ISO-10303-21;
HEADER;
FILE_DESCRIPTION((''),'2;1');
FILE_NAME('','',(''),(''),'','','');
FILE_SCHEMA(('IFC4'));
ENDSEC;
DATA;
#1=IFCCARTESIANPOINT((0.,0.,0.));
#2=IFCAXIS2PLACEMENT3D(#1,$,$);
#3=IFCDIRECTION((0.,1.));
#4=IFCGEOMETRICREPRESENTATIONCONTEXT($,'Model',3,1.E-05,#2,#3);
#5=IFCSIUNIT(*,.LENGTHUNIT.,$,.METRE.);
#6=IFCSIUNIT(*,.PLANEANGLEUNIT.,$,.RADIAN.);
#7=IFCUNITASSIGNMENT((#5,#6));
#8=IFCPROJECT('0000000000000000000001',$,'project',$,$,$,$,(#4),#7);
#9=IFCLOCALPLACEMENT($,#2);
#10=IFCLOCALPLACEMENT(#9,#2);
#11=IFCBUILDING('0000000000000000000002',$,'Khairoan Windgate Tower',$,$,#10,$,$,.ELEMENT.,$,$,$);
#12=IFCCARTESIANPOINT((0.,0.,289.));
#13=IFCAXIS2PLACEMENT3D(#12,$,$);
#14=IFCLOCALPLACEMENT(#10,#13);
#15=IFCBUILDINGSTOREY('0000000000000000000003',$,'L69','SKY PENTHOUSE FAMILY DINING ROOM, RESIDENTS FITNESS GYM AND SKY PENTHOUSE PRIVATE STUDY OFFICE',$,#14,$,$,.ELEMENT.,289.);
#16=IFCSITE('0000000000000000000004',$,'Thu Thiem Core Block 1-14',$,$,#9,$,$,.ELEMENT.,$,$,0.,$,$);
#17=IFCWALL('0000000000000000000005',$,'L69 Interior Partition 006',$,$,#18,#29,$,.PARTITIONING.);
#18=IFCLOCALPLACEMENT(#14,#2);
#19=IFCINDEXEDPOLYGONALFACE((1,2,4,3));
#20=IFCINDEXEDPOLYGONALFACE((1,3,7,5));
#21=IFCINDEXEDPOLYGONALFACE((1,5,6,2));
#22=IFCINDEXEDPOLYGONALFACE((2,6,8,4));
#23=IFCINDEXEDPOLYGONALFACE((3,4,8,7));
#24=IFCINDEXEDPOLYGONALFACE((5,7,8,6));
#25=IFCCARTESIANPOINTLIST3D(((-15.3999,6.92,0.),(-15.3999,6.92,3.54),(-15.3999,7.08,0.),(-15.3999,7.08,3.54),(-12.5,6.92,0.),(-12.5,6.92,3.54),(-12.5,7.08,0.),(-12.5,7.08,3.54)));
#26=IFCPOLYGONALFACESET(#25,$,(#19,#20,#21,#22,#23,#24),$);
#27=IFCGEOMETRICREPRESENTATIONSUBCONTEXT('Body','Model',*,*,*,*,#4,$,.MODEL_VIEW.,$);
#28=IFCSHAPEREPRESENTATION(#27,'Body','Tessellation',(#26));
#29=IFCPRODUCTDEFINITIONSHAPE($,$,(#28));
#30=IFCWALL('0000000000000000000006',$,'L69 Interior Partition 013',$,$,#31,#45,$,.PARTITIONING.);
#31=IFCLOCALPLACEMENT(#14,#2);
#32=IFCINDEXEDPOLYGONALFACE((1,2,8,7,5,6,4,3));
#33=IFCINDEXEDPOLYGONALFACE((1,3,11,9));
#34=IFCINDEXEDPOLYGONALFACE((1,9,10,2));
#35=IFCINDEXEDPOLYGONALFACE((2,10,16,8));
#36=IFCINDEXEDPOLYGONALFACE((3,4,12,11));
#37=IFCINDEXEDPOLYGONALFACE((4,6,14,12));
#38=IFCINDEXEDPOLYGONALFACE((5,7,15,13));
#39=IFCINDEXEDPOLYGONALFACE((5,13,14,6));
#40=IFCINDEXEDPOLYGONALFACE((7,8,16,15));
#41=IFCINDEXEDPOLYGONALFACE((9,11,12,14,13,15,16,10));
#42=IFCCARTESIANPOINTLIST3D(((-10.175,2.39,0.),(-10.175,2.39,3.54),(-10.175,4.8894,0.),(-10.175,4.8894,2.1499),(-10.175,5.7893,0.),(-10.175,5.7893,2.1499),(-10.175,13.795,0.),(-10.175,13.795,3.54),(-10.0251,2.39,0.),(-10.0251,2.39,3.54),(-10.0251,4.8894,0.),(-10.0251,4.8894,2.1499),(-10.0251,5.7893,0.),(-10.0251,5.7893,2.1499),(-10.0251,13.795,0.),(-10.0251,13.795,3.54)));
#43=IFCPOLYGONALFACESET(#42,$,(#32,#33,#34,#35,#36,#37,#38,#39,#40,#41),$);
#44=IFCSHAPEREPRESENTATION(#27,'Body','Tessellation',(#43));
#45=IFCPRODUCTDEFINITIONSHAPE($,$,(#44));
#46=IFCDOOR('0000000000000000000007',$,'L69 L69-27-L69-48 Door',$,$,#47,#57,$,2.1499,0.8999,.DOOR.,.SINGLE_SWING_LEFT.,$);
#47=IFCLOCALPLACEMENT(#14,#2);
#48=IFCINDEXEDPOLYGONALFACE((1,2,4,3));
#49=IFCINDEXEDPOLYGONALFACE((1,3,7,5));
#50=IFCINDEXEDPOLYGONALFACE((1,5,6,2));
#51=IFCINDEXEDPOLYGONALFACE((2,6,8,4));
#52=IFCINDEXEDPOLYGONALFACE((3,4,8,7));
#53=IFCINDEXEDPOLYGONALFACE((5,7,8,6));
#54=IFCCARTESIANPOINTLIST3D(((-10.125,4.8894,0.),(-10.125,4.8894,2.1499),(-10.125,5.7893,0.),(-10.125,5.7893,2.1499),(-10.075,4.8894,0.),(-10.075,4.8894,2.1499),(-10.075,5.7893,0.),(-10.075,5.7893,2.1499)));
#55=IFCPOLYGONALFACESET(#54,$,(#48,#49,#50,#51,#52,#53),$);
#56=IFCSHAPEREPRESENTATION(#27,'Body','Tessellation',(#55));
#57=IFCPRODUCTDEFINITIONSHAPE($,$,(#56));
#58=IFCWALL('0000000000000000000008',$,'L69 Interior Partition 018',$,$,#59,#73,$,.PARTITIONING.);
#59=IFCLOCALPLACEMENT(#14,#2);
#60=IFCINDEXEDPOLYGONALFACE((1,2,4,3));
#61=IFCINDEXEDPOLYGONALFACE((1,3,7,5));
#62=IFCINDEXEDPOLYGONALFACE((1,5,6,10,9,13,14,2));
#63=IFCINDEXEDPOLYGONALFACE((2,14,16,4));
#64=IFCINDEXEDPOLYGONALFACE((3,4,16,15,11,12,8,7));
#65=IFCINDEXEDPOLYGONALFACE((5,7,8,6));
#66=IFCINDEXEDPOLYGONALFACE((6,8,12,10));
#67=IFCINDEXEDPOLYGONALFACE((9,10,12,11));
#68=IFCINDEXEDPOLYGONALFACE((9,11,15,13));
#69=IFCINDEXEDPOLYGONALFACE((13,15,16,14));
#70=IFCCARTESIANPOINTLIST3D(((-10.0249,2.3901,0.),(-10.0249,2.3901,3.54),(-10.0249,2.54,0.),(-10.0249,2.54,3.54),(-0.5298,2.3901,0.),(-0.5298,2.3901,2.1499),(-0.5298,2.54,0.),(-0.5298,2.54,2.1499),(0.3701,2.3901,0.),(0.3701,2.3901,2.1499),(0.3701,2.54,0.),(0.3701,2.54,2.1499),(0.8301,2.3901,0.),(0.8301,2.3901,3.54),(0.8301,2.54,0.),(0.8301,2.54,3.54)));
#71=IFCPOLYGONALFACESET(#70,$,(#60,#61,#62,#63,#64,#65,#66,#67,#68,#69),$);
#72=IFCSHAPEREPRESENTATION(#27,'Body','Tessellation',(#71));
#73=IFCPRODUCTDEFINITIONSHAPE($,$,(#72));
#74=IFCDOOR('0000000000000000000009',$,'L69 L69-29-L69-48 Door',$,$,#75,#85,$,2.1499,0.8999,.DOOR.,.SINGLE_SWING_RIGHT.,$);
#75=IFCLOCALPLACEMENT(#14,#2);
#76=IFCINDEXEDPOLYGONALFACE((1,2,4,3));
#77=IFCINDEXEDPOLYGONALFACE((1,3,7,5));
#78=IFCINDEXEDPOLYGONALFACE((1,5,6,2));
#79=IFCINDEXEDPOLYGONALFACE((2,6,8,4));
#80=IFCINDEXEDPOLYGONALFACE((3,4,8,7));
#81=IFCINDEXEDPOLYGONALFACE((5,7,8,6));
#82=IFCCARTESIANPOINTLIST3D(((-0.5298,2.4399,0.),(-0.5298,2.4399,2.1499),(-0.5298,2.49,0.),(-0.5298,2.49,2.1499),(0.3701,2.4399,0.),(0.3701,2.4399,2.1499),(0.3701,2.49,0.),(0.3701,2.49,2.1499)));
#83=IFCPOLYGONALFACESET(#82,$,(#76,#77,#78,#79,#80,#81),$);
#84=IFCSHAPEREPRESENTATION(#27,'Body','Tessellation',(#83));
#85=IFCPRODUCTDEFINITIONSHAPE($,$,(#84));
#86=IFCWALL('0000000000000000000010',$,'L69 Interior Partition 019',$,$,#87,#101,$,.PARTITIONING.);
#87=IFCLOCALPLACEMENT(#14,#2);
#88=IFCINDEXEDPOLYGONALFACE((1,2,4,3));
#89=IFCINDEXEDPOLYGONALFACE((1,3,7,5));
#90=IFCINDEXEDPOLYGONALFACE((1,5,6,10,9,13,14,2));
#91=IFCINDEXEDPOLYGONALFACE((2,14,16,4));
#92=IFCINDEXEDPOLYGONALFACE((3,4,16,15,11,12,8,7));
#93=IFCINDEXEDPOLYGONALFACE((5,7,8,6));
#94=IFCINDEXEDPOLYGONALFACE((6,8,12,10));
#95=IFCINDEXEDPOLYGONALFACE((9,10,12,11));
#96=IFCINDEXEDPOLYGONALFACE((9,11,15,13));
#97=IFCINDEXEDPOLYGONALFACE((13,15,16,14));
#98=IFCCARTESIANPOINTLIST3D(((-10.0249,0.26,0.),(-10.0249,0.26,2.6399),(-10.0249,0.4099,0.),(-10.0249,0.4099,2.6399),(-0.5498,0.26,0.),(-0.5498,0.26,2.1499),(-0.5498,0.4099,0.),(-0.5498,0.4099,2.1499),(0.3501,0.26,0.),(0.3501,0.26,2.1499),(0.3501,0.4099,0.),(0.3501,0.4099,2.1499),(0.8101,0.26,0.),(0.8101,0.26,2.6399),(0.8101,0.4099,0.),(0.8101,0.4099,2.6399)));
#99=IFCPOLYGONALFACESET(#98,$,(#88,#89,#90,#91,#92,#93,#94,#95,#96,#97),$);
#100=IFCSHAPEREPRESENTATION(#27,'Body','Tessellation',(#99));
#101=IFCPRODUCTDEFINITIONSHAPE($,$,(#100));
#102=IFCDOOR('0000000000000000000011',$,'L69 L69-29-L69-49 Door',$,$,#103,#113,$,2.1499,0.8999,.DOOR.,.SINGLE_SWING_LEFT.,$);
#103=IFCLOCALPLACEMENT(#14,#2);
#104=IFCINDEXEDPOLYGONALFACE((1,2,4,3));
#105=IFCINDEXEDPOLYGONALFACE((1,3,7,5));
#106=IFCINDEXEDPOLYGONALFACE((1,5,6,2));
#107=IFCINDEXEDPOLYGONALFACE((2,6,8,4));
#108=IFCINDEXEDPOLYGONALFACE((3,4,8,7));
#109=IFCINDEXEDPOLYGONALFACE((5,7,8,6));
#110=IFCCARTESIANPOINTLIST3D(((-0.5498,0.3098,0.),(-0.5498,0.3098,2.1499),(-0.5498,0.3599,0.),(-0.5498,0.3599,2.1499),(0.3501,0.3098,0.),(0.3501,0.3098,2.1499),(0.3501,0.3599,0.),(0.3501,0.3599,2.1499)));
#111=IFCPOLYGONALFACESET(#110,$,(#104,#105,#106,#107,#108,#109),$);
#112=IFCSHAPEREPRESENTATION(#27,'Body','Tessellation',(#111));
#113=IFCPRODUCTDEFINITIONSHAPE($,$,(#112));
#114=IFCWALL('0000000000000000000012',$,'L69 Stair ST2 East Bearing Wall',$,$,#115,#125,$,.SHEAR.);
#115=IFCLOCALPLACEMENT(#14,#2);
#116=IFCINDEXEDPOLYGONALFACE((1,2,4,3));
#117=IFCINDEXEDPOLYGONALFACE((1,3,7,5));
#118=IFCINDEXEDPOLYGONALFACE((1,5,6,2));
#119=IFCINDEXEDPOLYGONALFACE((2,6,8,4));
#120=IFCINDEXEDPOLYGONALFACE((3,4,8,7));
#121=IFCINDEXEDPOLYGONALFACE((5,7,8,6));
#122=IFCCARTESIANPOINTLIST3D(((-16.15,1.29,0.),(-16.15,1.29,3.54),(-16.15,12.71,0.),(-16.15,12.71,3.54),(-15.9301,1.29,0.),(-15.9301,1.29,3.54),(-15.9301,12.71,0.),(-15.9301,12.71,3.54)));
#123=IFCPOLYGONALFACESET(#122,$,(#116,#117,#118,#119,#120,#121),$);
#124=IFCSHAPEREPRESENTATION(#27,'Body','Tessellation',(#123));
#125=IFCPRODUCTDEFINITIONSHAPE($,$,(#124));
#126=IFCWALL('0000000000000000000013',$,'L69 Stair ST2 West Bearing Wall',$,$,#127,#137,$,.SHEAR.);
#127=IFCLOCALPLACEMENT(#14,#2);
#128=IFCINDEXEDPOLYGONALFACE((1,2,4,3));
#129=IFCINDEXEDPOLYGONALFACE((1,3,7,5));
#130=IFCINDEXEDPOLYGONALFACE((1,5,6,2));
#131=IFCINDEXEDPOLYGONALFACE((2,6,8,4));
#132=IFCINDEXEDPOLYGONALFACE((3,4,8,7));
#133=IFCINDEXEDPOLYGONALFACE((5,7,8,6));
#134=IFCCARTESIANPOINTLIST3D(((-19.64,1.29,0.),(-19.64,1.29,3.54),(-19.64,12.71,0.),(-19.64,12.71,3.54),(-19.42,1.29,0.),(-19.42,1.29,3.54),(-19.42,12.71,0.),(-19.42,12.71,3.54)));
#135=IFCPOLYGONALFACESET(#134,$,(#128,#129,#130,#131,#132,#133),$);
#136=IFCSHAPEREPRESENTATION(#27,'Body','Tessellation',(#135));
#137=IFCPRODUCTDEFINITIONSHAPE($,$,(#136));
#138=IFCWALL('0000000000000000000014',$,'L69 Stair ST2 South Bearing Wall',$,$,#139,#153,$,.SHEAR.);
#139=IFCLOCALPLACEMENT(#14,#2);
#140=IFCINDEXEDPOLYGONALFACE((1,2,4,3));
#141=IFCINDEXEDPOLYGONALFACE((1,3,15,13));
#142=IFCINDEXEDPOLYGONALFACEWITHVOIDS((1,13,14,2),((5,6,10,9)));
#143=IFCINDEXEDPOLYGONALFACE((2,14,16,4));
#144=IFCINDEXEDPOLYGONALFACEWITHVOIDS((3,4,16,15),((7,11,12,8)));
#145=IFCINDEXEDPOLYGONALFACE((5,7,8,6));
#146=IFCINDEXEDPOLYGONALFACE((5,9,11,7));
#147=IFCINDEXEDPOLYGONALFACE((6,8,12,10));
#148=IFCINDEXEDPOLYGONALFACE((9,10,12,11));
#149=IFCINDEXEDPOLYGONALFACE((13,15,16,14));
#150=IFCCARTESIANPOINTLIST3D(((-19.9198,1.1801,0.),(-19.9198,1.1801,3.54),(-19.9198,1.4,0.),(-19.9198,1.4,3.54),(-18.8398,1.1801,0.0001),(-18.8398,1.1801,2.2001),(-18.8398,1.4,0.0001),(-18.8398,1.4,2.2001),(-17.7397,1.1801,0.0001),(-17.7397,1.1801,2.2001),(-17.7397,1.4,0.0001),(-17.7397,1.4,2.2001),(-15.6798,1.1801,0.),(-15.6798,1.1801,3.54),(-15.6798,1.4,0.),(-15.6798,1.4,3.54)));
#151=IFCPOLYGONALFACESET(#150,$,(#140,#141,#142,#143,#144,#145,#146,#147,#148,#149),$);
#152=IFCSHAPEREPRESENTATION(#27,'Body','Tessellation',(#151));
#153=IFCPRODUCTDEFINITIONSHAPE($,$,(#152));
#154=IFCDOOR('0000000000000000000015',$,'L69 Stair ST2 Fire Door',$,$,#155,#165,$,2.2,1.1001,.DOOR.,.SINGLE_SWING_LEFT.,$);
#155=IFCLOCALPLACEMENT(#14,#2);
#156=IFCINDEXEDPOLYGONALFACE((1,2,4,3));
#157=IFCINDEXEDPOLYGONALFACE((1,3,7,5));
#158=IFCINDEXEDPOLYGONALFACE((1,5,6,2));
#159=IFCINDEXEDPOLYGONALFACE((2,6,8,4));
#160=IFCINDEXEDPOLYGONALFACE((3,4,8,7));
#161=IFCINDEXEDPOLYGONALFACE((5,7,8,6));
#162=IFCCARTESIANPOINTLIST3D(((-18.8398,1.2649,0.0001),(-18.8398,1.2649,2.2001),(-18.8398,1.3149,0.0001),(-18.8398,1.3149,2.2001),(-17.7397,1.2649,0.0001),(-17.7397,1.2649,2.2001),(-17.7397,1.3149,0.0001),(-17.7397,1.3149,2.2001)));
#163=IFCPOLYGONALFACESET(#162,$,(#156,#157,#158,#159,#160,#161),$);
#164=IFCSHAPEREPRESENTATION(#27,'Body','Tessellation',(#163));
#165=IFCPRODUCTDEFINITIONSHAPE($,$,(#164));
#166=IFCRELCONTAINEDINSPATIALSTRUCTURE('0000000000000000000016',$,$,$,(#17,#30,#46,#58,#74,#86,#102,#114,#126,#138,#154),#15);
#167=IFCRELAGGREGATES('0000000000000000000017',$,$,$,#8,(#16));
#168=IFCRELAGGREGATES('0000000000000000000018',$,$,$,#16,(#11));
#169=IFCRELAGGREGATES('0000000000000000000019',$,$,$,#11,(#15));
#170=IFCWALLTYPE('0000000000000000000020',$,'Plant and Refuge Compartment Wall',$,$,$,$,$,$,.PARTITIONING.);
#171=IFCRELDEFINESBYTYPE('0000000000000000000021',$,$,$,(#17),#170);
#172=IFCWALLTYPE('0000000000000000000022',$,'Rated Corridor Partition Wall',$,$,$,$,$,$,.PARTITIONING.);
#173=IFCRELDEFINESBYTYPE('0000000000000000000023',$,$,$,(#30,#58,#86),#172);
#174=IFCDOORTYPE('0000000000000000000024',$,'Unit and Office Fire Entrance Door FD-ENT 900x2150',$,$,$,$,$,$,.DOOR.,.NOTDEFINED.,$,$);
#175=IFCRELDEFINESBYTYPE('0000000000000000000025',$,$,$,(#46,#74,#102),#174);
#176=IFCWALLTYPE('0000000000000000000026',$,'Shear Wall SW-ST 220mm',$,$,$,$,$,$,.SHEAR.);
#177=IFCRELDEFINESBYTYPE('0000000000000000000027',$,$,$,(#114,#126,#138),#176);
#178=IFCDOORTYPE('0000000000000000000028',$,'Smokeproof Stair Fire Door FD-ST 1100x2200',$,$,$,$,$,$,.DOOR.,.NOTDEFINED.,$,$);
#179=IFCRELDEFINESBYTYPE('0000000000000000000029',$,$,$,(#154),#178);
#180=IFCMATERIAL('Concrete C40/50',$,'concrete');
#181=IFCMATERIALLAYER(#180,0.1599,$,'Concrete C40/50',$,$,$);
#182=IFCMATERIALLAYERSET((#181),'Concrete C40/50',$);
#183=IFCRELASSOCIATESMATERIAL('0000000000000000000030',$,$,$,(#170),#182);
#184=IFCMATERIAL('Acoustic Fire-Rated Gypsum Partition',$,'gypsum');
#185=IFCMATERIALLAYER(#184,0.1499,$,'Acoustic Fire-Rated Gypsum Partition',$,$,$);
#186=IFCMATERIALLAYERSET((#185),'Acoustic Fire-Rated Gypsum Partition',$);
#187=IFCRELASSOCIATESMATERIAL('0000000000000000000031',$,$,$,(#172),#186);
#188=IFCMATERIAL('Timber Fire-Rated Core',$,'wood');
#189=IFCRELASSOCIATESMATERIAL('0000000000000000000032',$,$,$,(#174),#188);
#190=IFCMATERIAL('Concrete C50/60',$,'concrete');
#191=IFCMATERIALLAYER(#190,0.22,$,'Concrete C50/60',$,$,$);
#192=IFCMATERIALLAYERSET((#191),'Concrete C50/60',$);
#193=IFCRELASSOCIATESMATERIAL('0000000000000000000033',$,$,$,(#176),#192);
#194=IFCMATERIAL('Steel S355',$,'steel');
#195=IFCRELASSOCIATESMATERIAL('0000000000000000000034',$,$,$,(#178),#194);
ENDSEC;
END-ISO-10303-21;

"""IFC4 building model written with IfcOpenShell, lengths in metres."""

from ifc_helpers import new_model, si_unit, direction, frame, frame_2d, origin, place, context, subcontext, project, spatial, rectangle, extrude, material, layer, layer_set, type_object, element, fill, save


model = new_model("IFC4")

# Units and contexts
model_context = context("Model", 3, precision=1e-05, world=origin(), true_north=direction((0.0, 1.0)))
body_context = subcontext(model_context, "Body", "Model", "MODEL_VIEW")
ifc_project = project(units=[si_unit("LENGTHUNIT", "METRE"), si_unit("PLANEANGLEUNIT", "RADIAN")], contexts=[model_context])

# Site, building, storey
site_placement = place(None, origin())
site = spatial("IfcSite", under=ifc_project, at=site_placement, Name="Thu Thiem Core Block 1-14", CompositionType="ELEMENT", RefElevation=0.0)
building_placement = place(site_placement, origin())
building = spatial("IfcBuilding", under=site, at=building_placement, Name="Khairoan Windgate Tower", CompositionType="ELEMENT")
storey_placement = place(building_placement, frame((0.0, 0.0, 289.0)))
storey = spatial("IfcBuildingStorey", under=building, at=storey_placement, Name="L69", Description="SKY PENTHOUSE FAMILY DINING ROOM, RESIDENTS FITNESS GYM AND SKY PENTHOUSE PRIVATE STUDY OFFICE", CompositionType="ELEMENT", Elevation=289.0)

# Wall
ifc_material_1 = material(Name="Concrete C40/50", Category="concrete")
ifc_layer_1 = layer(ifc_material_1, 0.1599, Name="Concrete C40/50")
ifc_layer_set_1 = layer_set([ifc_layer_1], Name="Concrete C40/50")
wall_type_1 = type_object("IfcWallType", Name="Plant and Refuge Compartment Wall", PredefinedType="PARTITIONING", material=ifc_layer_set_1)
wall_1_placement = place(storey_placement, frame((-15.3999, 7.0, 0.0), z_axis=(0.0, 0.0, 1.0), x_axis=(1.0, 0.0, 0.0)))
element("IfcWall", 1, at=wall_1_placement, inside=storey, type_object=wall_type_1, Name="L69 Interior Partition 006", PredefinedType="PARTITIONING", context=body_context, shape_type="SweptSolid", body=[
    extrude(rectangle(XDim=2.8999, YDim=0.1599, at=frame_2d((1.45, 0.0))), origin(), (0.0, 0.0, 1.0), 3.54),
])

# Walls, openings, doors
ifc_material_2 = material(Name="Acoustic Fire-Rated Gypsum Partition", Category="gypsum")
ifc_layer_2 = layer(ifc_material_2, 0.1499, Name="Acoustic Fire-Rated Gypsum Partition")
ifc_layer_set_2 = layer_set([ifc_layer_2], Name="Acoustic Fire-Rated Gypsum Partition")
wall_type_2 = type_object("IfcWallType", Name="Rated Corridor Partition Wall", PredefinedType="PARTITIONING", material=ifc_layer_set_2)
wall_2_placement = place(storey_placement, frame((-10.1001, 2.3899, 0.0), z_axis=(0.0, 0.0, 1.0), x_axis=(0.0, 1.0, 0.0)))
wall_2 = element("IfcWall", 2, at=wall_2_placement, inside=storey, type_object=wall_type_2, Name="L69 Interior Partition 013", PredefinedType="PARTITIONING", context=body_context, shape_type="SweptSolid", body=[
    extrude(rectangle(XDim=11.405, YDim=0.1499, at=frame_2d((5.7026, 0.0))), origin(), (0.0, 0.0, 1.0), 3.54),
])
opening_1_placement = place(wall_2_placement, frame((2.4995, 0.0, 0.0)))
opening_1 = element("IfcOpeningElement", 3, at=opening_1_placement, cuts=wall_2, PredefinedType="OPENING", context=body_context, shape_type="SweptSolid", body=[
    extrude(rectangle(XDim=0.8999, YDim=2.1499, at=frame_2d((0.45, 1.075))), frame((0.0, 0.085, 0.0), z_axis=(0.0, -1.0, 0.0), x_axis=(1.0, 0.0, 0.0)), (0.0, 0.0, 1.0), 0.1699),
])
ifc_material_3 = material(Name="Timber Fire-Rated Core", Category="wood")
door_type_1 = type_object("IfcDoorType", Name="Unit and Office Fire Entrance Door FD-ENT 900x2150", OperationType="NOTDEFINED", PredefinedType="DOOR", material=ifc_material_3)
door_1_placement = place(opening_1_placement, origin())
door_1 = element("IfcDoor", 4, at=door_1_placement, inside=storey, type_object=door_type_1, Name="L69 L69-27-L69-48 Door", OperationType="SINGLE_SWING_LEFT", OverallHeight=2.1499, OverallWidth=0.8999, PredefinedType="DOOR", context=body_context, shape_type="SweptSolid", body=[
    extrude(rectangle(XDim=0.8999, YDim=2.1499, at=frame_2d((0.45, 1.075))), frame((0.0, 0.0249, 0.0), z_axis=(0.0, -1.0, 0.0), x_axis=(1.0, 0.0, 0.0)), (0.0, 0.0, 1.0), 0.05),
])
fill(opening_1, door_1)
wall_3_placement = place(storey_placement, frame((-10.0249, 2.4651, 0.0), z_axis=(0.0, 0.0, 1.0), x_axis=(1.0, 0.0, 0.0)))
wall_3 = element("IfcWall", 5, at=wall_3_placement, inside=storey, type_object=wall_type_2, Name="L69 Interior Partition 018", PredefinedType="PARTITIONING", context=body_context, shape_type="SweptSolid", body=[
    extrude(rectangle(XDim=10.855, YDim=0.1499, at=frame_2d((5.4275, 0.0))), origin(), (0.0, 0.0, 1.0), 3.54),
])
opening_2_placement = place(wall_3_placement, frame((9.4951, 0.0, 0.0)))
opening_2 = element("IfcOpeningElement", 6, at=opening_2_placement, cuts=wall_3, PredefinedType="OPENING", context=body_context, shape_type="SweptSolid", body=[
    extrude(rectangle(XDim=0.8999, YDim=2.1499, at=frame_2d((0.45, 1.075))), frame((0.0, 0.085, 0.0), z_axis=(0.0, -1.0, 0.0), x_axis=(1.0, 0.0, 0.0)), (0.0, 0.0, 1.0), 0.1699),
])
door_2_placement = place(opening_2_placement, origin())
door_2 = element("IfcDoor", 7, at=door_2_placement, inside=storey, type_object=door_type_1, Name="L69 L69-29-L69-48 Door", OperationType="SINGLE_SWING_RIGHT", OverallHeight=2.1499, OverallWidth=0.8999, PredefinedType="DOOR", context=body_context, shape_type="SweptSolid", body=[
    extrude(rectangle(XDim=0.8999, YDim=2.1499, at=frame_2d((0.45, 1.075))), frame((0.0, 0.0249, 0.0), z_axis=(0.0, -1.0, 0.0), x_axis=(1.0, 0.0, 0.0)), (0.0, 0.0, 1.0), 0.05),
])
fill(opening_2, door_2)
wall_4_placement = place(storey_placement, frame((-10.0249, 0.335, 0.0), z_axis=(0.0, 0.0, 1.0), x_axis=(1.0, 0.0, 0.0)))
wall_4 = element("IfcWall", 8, at=wall_4_placement, inside=storey, type_object=wall_type_2, Name="L69 Interior Partition 019", PredefinedType="PARTITIONING", context=body_context, shape_type="SweptSolid", body=[
    extrude(rectangle(XDim=10.835, YDim=0.1499, at=frame_2d((5.4175, 0.0))), origin(), (0.0, 0.0, 1.0), 2.6399),
])
opening_3_placement = place(wall_4_placement, frame((9.4751, 0.0, 0.0)))
opening_3 = element("IfcOpeningElement", 9, at=opening_3_placement, cuts=wall_4, PredefinedType="OPENING", context=body_context, shape_type="SweptSolid", body=[
    extrude(rectangle(XDim=0.8999, YDim=2.1499, at=frame_2d((0.45, 1.075))), frame((0.0, 0.085, 0.0), z_axis=(0.0, -1.0, 0.0), x_axis=(1.0, 0.0, 0.0)), (0.0, 0.0, 1.0), 0.1699),
])
door_3_placement = place(opening_3_placement, origin())
door_3 = element("IfcDoor", 10, at=door_3_placement, inside=storey, type_object=door_type_1, Name="L69 L69-29-L69-49 Door", OperationType="SINGLE_SWING_LEFT", OverallHeight=2.1499, OverallWidth=0.8999, PredefinedType="DOOR", context=body_context, shape_type="SweptSolid", body=[
    extrude(rectangle(XDim=0.8999, YDim=2.1499, at=frame_2d((0.45, 1.075))), frame((0.0, 0.0249, 0.0), z_axis=(0.0, -1.0, 0.0), x_axis=(1.0, 0.0, 0.0)), (0.0, 0.0, 1.0), 0.05),
])
fill(opening_3, door_3)

# Walls
ifc_material_4 = material(Name="Concrete C50/60", Category="concrete")
ifc_layer_3 = layer(ifc_material_4, 0.22, Name="Concrete C50/60")
ifc_layer_set_3 = layer_set([ifc_layer_3], Name="Concrete C50/60")
wall_type_3 = type_object("IfcWallType", Name="Shear Wall SW-ST 220mm", PredefinedType="SHEAR", material=ifc_layer_set_3)
for number, where, z_axis, x_axis, name in (
    (11, (-16.04, 1.29, 0.0), (0.0, 0.0, 1.0), (0.0, 1.0, 0.0), "L69 Stair ST2 East Bearing Wall"),
    (12, (-19.53, 1.29, 0.0), (0.0, 0.0, 1.0), (0.0, 1.0, 0.0), "L69 Stair ST2 West Bearing Wall"),
):
    element("IfcWall", number, at=place(storey_placement, frame(where, z_axis=z_axis, x_axis=x_axis)), inside=storey, type_object=wall_type_3, Name=name, PredefinedType="SHEAR", context=body_context, shape_type="SweptSolid", body=[
        extrude(rectangle(XDim=11.4199, YDim=0.22, at=frame_2d((5.71, 0.0))), origin(), (0.0, 0.0, 1.0), 3.54),
    ])

# Wall, opening, door
wall_5_placement = place(storey_placement, frame((-19.9199, 1.29, 0.0), z_axis=(0.0, 0.0, 1.0), x_axis=(1.0, 0.0, 0.0)))
wall_5 = element("IfcWall", 13, at=wall_5_placement, inside=storey, type_object=wall_type_3, Name="L69 Stair ST2 South Bearing Wall", PredefinedType="SHEAR", context=body_context, shape_type="SweptSolid", body=[
    extrude(rectangle(XDim=4.24, YDim=0.22, at=frame_2d((2.1201, 0.0))), origin(), (0.0, 0.0, 1.0), 3.54),
])
opening_4_placement = place(wall_5_placement, frame((1.0801, 0.0, 0.0)))
opening_4 = element("IfcOpeningElement", 14, at=opening_4_placement, cuts=wall_5, PredefinedType="OPENING", context=body_context, shape_type="SweptSolid", body=[
    extrude(rectangle(XDim=1.1001, YDim=2.2, at=frame_2d((0.55, 1.1001))), frame((0.0, 0.1199, 0.0), z_axis=(0.0, -1.0, 0.0), x_axis=(1.0, 0.0, 0.0)), (0.0, 0.0, 1.0), 0.24),
])
ifc_material_5 = material(Name="Steel S355", Category="steel")
door_type_2 = type_object("IfcDoorType", Name="Smokeproof Stair Fire Door FD-ST 1100x2200", OperationType="NOTDEFINED", PredefinedType="DOOR", material=ifc_material_5)
door_4_placement = place(opening_4_placement, origin())
door_4 = element("IfcDoor", 15, at=door_4_placement, inside=storey, type_object=door_type_2, Name="L69 Stair ST2 Fire Door", OperationType="SINGLE_SWING_LEFT", OverallHeight=2.2, OverallWidth=1.1001, PredefinedType="DOOR", context=body_context, shape_type="SweptSolid", body=[
    extrude(rectangle(XDim=1.1001, YDim=2.2, at=frame_2d((0.55, 1.1001))), frame((0.0, 0.0249, 0.0), z_axis=(0.0, -1.0, 0.0), x_axis=(1.0, 0.0, 0.0)), (0.0, 0.0, 1.0), 0.05),
])
fill(opening_4, door_4)

save(model, "model.ifc")
